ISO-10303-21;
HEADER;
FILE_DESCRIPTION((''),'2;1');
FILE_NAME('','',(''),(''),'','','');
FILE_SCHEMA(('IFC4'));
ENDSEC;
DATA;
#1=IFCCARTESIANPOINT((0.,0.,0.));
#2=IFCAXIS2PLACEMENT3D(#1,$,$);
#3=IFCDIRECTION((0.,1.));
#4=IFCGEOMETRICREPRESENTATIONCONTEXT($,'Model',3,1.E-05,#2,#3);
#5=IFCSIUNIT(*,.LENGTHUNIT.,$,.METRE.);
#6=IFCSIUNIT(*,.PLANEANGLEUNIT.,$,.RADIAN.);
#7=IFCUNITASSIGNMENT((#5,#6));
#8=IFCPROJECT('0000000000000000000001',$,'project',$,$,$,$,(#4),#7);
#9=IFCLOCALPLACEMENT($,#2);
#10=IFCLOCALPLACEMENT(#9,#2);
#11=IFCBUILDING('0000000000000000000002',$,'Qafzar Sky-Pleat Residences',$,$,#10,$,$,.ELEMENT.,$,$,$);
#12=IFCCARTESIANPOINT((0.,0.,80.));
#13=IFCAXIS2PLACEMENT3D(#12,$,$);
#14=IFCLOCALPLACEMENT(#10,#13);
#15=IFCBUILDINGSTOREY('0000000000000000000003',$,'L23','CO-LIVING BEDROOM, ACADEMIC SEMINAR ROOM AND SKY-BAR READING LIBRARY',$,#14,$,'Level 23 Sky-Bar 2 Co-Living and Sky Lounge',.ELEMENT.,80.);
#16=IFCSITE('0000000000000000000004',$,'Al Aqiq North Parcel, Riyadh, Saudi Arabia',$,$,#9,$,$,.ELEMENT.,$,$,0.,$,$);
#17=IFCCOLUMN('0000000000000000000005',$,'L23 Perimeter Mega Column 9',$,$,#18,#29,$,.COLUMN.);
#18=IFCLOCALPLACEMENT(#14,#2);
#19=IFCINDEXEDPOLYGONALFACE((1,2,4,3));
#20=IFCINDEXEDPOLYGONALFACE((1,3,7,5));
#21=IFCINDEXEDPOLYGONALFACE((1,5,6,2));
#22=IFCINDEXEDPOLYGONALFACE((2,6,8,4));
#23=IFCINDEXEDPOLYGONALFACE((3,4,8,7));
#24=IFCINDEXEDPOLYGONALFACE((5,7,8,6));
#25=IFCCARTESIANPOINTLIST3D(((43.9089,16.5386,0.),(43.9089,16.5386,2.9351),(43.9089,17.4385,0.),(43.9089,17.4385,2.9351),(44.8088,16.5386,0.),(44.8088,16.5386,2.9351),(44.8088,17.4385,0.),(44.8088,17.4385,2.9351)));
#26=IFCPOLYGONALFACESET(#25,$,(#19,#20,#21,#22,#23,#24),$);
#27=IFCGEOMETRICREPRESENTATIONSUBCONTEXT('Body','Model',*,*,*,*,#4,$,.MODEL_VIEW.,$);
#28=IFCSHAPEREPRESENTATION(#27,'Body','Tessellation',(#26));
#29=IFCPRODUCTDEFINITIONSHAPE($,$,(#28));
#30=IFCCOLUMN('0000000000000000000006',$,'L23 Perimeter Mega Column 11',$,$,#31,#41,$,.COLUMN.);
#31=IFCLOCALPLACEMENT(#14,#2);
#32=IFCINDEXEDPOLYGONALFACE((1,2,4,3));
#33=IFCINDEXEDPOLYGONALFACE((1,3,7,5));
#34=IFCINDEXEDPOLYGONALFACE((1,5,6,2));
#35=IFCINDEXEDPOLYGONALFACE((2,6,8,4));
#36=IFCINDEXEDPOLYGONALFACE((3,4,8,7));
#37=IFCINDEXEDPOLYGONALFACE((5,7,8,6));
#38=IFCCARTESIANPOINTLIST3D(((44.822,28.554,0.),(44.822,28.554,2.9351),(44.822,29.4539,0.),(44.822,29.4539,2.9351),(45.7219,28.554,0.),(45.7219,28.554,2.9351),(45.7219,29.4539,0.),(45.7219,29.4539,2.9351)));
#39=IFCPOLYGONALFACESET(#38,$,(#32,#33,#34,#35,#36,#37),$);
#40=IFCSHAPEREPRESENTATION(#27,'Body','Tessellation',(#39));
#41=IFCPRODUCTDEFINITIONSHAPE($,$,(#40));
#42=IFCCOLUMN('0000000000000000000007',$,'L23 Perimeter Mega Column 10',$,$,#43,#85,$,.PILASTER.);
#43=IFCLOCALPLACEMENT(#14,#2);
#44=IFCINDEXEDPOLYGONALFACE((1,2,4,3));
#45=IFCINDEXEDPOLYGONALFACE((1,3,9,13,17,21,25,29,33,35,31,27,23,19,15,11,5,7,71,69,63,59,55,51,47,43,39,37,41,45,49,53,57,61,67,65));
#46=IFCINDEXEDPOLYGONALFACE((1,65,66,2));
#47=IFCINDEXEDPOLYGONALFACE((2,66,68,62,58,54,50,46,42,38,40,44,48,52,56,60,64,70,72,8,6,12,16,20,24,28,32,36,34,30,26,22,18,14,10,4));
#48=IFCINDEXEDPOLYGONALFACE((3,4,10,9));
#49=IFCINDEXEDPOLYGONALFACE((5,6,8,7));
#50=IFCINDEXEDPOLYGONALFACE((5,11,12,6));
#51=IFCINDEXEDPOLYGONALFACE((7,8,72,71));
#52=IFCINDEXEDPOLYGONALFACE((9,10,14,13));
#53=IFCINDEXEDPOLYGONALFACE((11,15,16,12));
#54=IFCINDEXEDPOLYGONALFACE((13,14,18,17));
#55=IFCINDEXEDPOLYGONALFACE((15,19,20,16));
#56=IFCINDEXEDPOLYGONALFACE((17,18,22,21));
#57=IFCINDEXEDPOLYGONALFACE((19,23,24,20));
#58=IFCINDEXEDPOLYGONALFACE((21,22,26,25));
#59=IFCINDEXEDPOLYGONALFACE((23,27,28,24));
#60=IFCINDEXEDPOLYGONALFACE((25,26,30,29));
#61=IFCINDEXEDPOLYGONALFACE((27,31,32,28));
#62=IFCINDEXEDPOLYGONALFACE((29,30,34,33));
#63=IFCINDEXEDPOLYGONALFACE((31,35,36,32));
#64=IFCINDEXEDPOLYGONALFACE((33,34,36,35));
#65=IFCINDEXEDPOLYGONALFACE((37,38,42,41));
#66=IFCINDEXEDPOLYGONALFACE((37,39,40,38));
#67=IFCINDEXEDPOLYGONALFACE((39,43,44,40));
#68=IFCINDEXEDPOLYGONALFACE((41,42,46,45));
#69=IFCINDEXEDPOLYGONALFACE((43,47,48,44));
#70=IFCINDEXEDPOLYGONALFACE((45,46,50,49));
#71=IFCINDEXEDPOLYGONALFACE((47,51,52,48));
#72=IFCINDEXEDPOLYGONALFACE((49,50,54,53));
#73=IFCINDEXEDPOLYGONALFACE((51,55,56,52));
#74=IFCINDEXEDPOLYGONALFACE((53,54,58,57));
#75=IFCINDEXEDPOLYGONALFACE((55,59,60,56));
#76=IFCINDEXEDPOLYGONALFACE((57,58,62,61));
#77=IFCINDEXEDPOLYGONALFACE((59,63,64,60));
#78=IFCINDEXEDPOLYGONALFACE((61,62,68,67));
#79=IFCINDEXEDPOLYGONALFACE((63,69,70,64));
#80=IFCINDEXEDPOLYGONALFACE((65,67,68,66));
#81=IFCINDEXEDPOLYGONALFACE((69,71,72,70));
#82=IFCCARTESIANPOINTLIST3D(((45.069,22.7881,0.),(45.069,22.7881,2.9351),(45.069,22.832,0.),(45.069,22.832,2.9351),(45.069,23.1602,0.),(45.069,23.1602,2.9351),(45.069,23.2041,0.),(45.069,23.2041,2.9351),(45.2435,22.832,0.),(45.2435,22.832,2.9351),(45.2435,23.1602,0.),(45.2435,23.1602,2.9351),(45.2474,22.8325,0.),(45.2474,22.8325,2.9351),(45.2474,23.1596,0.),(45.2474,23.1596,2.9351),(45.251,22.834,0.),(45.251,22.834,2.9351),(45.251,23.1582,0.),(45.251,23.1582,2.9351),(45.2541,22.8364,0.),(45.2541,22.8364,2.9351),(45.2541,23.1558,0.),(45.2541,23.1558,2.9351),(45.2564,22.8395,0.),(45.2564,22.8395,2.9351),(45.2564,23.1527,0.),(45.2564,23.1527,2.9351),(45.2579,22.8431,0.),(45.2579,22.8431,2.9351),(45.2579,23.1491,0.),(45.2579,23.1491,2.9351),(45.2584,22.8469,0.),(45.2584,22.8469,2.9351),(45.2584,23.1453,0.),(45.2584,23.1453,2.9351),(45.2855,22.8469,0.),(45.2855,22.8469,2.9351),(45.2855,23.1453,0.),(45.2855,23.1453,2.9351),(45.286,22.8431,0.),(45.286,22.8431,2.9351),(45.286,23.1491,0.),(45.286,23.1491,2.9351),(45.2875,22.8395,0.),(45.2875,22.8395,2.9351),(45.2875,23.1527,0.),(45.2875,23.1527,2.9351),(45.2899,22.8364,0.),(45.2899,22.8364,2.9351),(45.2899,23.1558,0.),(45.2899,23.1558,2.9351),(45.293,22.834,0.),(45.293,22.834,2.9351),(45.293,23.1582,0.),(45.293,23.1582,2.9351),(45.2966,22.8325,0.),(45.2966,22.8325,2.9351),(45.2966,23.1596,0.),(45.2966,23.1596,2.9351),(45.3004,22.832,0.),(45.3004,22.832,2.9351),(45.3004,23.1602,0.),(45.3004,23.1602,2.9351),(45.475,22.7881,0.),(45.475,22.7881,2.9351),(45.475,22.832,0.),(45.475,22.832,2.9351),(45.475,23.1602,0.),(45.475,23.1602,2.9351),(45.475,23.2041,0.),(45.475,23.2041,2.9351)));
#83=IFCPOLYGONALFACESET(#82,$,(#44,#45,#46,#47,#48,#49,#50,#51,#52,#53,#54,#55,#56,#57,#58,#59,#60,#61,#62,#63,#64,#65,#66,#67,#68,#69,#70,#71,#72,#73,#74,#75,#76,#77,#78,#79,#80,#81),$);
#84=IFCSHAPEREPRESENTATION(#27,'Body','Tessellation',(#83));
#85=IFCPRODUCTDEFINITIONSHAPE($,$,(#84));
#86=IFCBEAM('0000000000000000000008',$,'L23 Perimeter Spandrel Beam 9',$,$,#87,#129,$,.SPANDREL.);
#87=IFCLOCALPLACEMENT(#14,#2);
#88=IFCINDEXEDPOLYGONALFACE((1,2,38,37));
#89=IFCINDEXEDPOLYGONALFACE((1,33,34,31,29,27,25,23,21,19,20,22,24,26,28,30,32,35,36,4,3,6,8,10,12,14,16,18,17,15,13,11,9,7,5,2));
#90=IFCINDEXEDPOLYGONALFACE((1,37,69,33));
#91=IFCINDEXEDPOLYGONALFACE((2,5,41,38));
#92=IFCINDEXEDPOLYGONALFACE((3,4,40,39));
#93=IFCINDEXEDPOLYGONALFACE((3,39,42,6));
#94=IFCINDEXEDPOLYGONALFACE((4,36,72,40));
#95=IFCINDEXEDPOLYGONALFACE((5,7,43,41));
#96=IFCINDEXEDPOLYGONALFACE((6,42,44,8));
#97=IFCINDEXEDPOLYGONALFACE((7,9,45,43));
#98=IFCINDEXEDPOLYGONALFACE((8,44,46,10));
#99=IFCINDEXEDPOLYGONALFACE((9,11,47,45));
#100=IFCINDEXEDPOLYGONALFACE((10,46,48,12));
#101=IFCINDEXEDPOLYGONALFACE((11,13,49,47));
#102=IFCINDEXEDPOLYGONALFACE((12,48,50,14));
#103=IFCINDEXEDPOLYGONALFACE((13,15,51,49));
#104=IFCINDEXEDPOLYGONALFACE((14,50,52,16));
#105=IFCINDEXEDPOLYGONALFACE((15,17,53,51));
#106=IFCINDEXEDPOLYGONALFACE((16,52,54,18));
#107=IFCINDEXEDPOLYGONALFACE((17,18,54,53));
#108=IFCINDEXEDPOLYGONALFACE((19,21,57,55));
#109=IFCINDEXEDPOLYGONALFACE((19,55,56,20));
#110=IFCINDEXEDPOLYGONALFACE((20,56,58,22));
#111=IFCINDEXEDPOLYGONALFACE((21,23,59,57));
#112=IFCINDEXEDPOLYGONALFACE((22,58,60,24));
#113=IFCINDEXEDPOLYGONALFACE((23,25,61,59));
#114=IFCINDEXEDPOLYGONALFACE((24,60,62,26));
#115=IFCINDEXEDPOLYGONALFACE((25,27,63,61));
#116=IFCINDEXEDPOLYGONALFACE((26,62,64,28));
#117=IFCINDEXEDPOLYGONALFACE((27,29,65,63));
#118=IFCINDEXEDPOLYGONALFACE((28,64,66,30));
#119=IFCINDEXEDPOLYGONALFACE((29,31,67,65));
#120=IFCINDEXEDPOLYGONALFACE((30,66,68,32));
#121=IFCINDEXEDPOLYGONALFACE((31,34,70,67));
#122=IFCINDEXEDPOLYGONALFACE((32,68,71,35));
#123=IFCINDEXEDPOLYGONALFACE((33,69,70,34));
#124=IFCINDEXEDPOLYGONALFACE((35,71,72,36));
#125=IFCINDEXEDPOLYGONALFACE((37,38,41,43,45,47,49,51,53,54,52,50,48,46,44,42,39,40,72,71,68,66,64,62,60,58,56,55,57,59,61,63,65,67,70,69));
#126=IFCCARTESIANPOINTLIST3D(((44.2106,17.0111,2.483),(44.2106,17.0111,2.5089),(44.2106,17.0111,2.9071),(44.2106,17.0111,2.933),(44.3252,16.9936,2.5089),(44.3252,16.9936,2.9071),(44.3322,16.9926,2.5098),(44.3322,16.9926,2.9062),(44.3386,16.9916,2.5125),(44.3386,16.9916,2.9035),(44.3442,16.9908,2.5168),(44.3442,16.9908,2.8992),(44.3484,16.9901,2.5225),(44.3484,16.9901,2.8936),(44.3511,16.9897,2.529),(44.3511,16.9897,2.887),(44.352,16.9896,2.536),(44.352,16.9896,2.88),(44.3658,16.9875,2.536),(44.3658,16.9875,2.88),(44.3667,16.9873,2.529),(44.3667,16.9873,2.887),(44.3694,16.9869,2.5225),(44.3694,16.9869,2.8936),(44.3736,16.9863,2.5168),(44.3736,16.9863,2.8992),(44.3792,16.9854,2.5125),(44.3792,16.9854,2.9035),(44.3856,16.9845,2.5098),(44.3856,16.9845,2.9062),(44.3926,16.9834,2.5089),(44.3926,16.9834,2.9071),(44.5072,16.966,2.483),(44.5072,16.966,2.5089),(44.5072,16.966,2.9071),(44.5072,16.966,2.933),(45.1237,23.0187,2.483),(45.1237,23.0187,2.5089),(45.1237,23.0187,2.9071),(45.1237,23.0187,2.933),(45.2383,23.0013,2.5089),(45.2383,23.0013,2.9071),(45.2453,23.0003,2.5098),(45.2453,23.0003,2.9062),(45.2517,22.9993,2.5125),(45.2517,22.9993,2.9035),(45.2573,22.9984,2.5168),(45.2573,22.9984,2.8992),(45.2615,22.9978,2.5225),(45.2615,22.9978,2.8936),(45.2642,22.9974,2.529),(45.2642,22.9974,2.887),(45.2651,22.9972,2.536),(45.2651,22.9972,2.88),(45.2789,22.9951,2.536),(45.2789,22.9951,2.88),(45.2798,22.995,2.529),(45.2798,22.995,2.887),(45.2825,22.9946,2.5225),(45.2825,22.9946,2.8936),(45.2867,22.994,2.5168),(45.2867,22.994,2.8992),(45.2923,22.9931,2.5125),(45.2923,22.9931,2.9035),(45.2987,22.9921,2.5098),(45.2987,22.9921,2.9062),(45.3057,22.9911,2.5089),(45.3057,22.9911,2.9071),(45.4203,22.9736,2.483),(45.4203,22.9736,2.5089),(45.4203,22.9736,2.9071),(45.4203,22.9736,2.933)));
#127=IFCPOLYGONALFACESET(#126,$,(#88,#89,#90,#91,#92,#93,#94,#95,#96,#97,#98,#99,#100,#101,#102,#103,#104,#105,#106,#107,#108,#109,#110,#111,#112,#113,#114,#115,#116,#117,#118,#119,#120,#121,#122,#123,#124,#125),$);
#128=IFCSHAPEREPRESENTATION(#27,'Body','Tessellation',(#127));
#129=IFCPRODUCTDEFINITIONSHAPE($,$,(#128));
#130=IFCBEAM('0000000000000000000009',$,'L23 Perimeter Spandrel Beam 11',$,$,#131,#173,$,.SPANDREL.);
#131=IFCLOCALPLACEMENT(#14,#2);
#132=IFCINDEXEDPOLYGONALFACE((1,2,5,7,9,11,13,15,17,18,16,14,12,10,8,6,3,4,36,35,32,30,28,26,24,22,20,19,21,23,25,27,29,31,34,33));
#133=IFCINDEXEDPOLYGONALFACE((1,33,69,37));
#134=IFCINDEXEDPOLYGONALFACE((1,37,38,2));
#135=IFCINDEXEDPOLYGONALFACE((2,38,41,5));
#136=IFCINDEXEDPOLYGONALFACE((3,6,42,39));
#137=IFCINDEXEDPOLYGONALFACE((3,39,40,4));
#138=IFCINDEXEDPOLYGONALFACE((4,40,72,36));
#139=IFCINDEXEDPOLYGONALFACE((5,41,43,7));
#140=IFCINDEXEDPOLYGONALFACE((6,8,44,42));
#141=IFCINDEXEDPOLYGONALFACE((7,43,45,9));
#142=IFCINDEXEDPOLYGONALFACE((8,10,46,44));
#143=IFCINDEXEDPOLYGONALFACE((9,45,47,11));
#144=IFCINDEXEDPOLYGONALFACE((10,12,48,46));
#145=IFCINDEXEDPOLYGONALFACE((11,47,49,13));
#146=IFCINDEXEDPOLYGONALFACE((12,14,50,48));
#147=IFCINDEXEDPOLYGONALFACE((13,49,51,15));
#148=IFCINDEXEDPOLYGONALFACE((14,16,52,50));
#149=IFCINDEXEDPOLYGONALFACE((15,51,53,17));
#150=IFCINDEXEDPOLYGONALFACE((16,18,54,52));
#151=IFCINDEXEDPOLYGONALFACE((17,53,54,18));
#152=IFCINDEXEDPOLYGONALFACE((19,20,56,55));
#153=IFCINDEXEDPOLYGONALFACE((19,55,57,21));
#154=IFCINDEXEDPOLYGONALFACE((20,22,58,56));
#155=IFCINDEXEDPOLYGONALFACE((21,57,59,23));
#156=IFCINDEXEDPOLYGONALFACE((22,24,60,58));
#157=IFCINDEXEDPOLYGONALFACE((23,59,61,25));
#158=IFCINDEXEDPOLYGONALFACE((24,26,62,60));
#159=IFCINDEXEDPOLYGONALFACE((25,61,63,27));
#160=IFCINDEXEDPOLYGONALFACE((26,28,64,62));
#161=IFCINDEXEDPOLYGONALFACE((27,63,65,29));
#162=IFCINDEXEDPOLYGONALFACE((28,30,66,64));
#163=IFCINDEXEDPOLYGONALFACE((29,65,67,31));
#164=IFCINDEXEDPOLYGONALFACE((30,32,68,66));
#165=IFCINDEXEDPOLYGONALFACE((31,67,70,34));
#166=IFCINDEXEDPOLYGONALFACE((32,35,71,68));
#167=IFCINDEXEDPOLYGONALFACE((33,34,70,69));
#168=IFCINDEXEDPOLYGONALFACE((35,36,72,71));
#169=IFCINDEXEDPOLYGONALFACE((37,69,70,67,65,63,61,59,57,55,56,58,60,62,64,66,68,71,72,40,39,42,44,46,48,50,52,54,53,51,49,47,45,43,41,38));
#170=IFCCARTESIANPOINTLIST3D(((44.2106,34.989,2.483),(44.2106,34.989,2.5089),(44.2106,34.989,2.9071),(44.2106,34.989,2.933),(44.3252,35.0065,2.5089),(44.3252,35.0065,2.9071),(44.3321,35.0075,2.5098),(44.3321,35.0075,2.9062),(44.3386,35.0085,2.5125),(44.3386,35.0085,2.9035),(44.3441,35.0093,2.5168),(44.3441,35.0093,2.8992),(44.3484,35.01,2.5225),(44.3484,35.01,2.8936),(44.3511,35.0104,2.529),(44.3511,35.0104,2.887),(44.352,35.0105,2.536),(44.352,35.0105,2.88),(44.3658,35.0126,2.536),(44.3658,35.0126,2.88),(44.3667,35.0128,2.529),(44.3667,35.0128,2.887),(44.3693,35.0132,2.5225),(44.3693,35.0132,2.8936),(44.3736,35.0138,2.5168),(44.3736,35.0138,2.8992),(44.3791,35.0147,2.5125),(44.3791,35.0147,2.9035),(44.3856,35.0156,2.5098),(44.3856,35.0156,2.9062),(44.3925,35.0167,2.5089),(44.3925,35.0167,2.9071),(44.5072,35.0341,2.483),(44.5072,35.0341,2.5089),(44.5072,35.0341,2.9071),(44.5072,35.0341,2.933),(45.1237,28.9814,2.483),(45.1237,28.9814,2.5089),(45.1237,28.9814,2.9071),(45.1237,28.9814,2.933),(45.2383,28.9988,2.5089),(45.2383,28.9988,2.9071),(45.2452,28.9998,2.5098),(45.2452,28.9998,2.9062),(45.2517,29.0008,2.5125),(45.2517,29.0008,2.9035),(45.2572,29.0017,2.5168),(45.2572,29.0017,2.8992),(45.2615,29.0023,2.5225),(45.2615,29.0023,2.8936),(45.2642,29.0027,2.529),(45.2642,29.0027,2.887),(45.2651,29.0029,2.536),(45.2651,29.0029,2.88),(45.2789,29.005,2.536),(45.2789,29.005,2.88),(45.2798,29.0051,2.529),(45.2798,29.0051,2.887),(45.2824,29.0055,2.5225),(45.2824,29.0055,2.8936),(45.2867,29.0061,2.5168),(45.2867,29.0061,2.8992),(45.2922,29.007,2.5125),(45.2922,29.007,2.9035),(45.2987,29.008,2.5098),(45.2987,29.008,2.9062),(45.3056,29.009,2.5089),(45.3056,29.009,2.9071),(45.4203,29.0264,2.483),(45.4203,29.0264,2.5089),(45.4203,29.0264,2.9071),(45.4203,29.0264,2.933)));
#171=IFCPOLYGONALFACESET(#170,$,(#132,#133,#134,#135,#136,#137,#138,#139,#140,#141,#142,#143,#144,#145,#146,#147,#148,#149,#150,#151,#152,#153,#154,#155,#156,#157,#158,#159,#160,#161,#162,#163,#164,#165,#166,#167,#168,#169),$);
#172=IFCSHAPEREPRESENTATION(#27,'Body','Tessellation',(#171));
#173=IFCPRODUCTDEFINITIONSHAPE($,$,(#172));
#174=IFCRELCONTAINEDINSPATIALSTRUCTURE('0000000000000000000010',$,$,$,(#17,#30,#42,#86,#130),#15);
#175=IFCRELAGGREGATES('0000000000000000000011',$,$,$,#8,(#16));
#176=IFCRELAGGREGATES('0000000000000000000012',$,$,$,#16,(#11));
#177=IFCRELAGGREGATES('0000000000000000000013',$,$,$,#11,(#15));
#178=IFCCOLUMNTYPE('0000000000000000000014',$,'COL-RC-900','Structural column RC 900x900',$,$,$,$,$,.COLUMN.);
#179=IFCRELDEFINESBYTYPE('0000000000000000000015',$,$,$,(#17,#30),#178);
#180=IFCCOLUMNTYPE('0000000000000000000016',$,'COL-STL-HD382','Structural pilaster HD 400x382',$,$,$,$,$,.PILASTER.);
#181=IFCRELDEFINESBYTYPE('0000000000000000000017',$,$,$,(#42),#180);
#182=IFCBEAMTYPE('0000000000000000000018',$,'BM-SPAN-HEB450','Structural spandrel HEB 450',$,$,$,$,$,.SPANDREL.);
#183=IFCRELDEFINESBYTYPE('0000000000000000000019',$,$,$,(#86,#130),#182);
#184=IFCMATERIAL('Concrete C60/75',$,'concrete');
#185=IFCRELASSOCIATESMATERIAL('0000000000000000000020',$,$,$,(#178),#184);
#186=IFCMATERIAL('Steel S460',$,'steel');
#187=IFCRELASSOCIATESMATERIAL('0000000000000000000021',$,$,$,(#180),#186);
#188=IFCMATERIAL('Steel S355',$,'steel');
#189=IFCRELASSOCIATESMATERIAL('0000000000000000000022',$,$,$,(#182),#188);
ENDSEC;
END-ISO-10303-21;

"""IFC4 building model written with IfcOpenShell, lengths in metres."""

from ifc_helpers import new_model, si_unit, direction, frame, origin, origin_2d, place, context, subcontext, project, spatial, rectangle, i_section, extrude, source, transform, mapped, material, material_profile, profile_set, type_object, element, save


model = new_model("IFC4")

# Units and contexts
model_context = context("Model", 3, precision=1e-05, world=origin(), true_north=direction((0.0, 1.0)))
body_context = subcontext(model_context, "Body", "Model", "MODEL_VIEW")
ifc_project = project(units=[si_unit("LENGTHUNIT", "METRE"), si_unit("PLANEANGLEUNIT", "RADIAN")], contexts=[model_context])

# Site, building, storey
site_placement = place(None, origin())
site = spatial("IfcSite", under=ifc_project, at=site_placement, Name="Al Aqiq North Parcel, Riyadh, Saudi Arabia", CompositionType="ELEMENT", RefElevation=0.0)
building_placement = place(site_placement, origin())
building = spatial("IfcBuilding", under=site, at=building_placement, Name="Qafzar Sky-Pleat Residences", CompositionType="ELEMENT")
storey_placement = place(building_placement, frame((0.0, 0.0, 80.0)))
storey = spatial("IfcBuildingStorey", under=building, at=storey_placement, Name="L23", Description="CO-LIVING BEDROOM, ACADEMIC SEMINAR ROOM AND SKY-BAR READING LIBRARY", LongName="Level 23 Sky-Bar 2 Co-Living and Sky Lounge", CompositionType="ELEMENT", Elevation=80.0)

# Columns
ifc_material_1 = material(Name="Concrete C60/75", Category="concrete")
ifc_material_profile_1 = material_profile(ifc_material_1, rectangle(XDim=0.8999, YDim=0.8999, at=origin_2d()), Name="RC 900x900")
ifc_profile_set_1 = profile_set([ifc_material_profile_1], Name="Concrete C60/75")
column_type_1 = type_object("IfcColumnType", Name="COL-RC-900", Description="Structural column RC 900x900", PredefinedType="COLUMN", material=ifc_profile_set_1)
shared_shape_1 = source(origin(), body_context, "Body", "SweptSolid", [
    extrude(rectangle(XDim=0.8999, YDim=0.8999, at=origin_2d()), origin(), (0.0, 0.0, 1.0), 2.9351),
])
for number, where, z_axis, x_axis, name in (
    (1, (44.3589, 16.9885, 0.0), (0.0, 0.0, 1.0), (1.0, 0.0, 0.0), "L23 Perimeter Mega Column 9"),
    (2, (45.272, 29.0039, 0.0), (0.0, 0.0, 1.0), (1.0, 0.0, 0.0), "L23 Perimeter Mega Column 11"),
):
    element("IfcColumn", number, at=place(storey_placement, frame(where, z_axis=z_axis, x_axis=x_axis)), inside=storey, type_object=column_type_1, Name=name, PredefinedType="COLUMN", context=body_context, shape_type="MappedRepresentation", body=[
        mapped(shared_shape_1, transform((0.0, 0.0, 0.0), x_axis=(1.0, 0.0, 0.0), y_axis=(0.0, 1.0, 0.0), z_axis=(0.0, 0.0, 1.0), scale=1.0)),
    ])
ifc_material_2 = material(Name="Steel S460", Category="steel")
ifc_material_profile_2 = material_profile(ifc_material_2, i_section(OverallWidth=0.406, OverallDepth=0.416, WebThickness=0.0271, FlangeThickness=0.0439, FilletRadius=0.0149, at=origin_2d()), Name="HD 400x382")
ifc_profile_set_2 = profile_set([ifc_material_profile_2], Name="Steel S460")
column_type_2 = type_object("IfcColumnType", Name="COL-STL-HD382", Description="Structural pilaster HD 400x382", PredefinedType="PILASTER", material=ifc_profile_set_2)
shared_shape_2 = source(origin(), body_context, "Body", "SweptSolid", [
    extrude(i_section(OverallWidth=0.406, OverallDepth=0.416, WebThickness=0.0271, FlangeThickness=0.0439, FilletRadius=0.0149, at=origin_2d()), origin(), (0.0, 0.0, 1.0), 2.9351),
])
column_placement = place(storey_placement, frame((45.272, 22.9961, 0.0), z_axis=(0.0, 0.0, 1.0), x_axis=(1.0, 0.0, 0.0)))
element("IfcColumn", 3, at=column_placement, inside=storey, type_object=column_type_2, Name="L23 Perimeter Mega Column 10", PredefinedType="PILASTER", context=body_context, shape_type="MappedRepresentation", body=[
    mapped(shared_shape_2, transform((0.0, 0.0, 0.0), x_axis=(1.0, 0.0, 0.0), y_axis=(0.0, 1.0, 0.0), z_axis=(0.0, 0.0, 1.0), scale=1.0)),
])

# Beams
ifc_material_3 = material(Name="Steel S355", Category="steel")
ifc_material_profile_3 = material_profile(ifc_material_3, i_section(OverallWidth=0.3, OverallDepth=0.45, WebThickness=0.0139, FlangeThickness=0.0259, FilletRadius=0.0271, at=origin_2d()), Name="HEB 450")
ifc_profile_set_3 = profile_set([ifc_material_profile_3], Name="Steel S355")
beam_type_1 = type_object("IfcBeamType", Name="BM-SPAN-HEB450", Description="Structural spandrel HEB 450", PredefinedType="SPANDREL", material=ifc_profile_set_3)
shared_shape_3 = source(origin(), body_context, "Body", "SweptSolid", [
    extrude(i_section(OverallWidth=0.3, OverallDepth=0.45, WebThickness=0.0139, FlangeThickness=0.0259, FilletRadius=0.0271, at=origin_2d()), origin(), (0.0, 0.0, 1.0), 6.0767),
])
for number, where, z_axis, x_axis, name in (
    (4, (44.3589, 16.9885, 2.708), (0.150264, 0.988646, 0.0), (-0.988646, 0.150264, 0.0), "L23 Perimeter Spandrel Beam 9"),
    (5, (45.272, 29.0039, 2.708), (-0.150264, 0.988646, 0.0), (-0.988646, -0.150264, 0.0), "L23 Perimeter Spandrel Beam 11"),
):
    element("IfcBeam", number, at=place(storey_placement, frame(where, z_axis=z_axis, x_axis=x_axis)), inside=storey, type_object=beam_type_1, Name=name, PredefinedType="SPANDREL", context=body_context, shape_type="MappedRepresentation", body=[
        mapped(shared_shape_3, transform((0.0, 0.0, 0.0), x_axis=(1.0, 0.0, 0.0), y_axis=(0.0, 1.0, 0.0), z_axis=(0.0, 0.0, 1.0), scale=1.0)),
    ])

save(model, "model.ifc")
